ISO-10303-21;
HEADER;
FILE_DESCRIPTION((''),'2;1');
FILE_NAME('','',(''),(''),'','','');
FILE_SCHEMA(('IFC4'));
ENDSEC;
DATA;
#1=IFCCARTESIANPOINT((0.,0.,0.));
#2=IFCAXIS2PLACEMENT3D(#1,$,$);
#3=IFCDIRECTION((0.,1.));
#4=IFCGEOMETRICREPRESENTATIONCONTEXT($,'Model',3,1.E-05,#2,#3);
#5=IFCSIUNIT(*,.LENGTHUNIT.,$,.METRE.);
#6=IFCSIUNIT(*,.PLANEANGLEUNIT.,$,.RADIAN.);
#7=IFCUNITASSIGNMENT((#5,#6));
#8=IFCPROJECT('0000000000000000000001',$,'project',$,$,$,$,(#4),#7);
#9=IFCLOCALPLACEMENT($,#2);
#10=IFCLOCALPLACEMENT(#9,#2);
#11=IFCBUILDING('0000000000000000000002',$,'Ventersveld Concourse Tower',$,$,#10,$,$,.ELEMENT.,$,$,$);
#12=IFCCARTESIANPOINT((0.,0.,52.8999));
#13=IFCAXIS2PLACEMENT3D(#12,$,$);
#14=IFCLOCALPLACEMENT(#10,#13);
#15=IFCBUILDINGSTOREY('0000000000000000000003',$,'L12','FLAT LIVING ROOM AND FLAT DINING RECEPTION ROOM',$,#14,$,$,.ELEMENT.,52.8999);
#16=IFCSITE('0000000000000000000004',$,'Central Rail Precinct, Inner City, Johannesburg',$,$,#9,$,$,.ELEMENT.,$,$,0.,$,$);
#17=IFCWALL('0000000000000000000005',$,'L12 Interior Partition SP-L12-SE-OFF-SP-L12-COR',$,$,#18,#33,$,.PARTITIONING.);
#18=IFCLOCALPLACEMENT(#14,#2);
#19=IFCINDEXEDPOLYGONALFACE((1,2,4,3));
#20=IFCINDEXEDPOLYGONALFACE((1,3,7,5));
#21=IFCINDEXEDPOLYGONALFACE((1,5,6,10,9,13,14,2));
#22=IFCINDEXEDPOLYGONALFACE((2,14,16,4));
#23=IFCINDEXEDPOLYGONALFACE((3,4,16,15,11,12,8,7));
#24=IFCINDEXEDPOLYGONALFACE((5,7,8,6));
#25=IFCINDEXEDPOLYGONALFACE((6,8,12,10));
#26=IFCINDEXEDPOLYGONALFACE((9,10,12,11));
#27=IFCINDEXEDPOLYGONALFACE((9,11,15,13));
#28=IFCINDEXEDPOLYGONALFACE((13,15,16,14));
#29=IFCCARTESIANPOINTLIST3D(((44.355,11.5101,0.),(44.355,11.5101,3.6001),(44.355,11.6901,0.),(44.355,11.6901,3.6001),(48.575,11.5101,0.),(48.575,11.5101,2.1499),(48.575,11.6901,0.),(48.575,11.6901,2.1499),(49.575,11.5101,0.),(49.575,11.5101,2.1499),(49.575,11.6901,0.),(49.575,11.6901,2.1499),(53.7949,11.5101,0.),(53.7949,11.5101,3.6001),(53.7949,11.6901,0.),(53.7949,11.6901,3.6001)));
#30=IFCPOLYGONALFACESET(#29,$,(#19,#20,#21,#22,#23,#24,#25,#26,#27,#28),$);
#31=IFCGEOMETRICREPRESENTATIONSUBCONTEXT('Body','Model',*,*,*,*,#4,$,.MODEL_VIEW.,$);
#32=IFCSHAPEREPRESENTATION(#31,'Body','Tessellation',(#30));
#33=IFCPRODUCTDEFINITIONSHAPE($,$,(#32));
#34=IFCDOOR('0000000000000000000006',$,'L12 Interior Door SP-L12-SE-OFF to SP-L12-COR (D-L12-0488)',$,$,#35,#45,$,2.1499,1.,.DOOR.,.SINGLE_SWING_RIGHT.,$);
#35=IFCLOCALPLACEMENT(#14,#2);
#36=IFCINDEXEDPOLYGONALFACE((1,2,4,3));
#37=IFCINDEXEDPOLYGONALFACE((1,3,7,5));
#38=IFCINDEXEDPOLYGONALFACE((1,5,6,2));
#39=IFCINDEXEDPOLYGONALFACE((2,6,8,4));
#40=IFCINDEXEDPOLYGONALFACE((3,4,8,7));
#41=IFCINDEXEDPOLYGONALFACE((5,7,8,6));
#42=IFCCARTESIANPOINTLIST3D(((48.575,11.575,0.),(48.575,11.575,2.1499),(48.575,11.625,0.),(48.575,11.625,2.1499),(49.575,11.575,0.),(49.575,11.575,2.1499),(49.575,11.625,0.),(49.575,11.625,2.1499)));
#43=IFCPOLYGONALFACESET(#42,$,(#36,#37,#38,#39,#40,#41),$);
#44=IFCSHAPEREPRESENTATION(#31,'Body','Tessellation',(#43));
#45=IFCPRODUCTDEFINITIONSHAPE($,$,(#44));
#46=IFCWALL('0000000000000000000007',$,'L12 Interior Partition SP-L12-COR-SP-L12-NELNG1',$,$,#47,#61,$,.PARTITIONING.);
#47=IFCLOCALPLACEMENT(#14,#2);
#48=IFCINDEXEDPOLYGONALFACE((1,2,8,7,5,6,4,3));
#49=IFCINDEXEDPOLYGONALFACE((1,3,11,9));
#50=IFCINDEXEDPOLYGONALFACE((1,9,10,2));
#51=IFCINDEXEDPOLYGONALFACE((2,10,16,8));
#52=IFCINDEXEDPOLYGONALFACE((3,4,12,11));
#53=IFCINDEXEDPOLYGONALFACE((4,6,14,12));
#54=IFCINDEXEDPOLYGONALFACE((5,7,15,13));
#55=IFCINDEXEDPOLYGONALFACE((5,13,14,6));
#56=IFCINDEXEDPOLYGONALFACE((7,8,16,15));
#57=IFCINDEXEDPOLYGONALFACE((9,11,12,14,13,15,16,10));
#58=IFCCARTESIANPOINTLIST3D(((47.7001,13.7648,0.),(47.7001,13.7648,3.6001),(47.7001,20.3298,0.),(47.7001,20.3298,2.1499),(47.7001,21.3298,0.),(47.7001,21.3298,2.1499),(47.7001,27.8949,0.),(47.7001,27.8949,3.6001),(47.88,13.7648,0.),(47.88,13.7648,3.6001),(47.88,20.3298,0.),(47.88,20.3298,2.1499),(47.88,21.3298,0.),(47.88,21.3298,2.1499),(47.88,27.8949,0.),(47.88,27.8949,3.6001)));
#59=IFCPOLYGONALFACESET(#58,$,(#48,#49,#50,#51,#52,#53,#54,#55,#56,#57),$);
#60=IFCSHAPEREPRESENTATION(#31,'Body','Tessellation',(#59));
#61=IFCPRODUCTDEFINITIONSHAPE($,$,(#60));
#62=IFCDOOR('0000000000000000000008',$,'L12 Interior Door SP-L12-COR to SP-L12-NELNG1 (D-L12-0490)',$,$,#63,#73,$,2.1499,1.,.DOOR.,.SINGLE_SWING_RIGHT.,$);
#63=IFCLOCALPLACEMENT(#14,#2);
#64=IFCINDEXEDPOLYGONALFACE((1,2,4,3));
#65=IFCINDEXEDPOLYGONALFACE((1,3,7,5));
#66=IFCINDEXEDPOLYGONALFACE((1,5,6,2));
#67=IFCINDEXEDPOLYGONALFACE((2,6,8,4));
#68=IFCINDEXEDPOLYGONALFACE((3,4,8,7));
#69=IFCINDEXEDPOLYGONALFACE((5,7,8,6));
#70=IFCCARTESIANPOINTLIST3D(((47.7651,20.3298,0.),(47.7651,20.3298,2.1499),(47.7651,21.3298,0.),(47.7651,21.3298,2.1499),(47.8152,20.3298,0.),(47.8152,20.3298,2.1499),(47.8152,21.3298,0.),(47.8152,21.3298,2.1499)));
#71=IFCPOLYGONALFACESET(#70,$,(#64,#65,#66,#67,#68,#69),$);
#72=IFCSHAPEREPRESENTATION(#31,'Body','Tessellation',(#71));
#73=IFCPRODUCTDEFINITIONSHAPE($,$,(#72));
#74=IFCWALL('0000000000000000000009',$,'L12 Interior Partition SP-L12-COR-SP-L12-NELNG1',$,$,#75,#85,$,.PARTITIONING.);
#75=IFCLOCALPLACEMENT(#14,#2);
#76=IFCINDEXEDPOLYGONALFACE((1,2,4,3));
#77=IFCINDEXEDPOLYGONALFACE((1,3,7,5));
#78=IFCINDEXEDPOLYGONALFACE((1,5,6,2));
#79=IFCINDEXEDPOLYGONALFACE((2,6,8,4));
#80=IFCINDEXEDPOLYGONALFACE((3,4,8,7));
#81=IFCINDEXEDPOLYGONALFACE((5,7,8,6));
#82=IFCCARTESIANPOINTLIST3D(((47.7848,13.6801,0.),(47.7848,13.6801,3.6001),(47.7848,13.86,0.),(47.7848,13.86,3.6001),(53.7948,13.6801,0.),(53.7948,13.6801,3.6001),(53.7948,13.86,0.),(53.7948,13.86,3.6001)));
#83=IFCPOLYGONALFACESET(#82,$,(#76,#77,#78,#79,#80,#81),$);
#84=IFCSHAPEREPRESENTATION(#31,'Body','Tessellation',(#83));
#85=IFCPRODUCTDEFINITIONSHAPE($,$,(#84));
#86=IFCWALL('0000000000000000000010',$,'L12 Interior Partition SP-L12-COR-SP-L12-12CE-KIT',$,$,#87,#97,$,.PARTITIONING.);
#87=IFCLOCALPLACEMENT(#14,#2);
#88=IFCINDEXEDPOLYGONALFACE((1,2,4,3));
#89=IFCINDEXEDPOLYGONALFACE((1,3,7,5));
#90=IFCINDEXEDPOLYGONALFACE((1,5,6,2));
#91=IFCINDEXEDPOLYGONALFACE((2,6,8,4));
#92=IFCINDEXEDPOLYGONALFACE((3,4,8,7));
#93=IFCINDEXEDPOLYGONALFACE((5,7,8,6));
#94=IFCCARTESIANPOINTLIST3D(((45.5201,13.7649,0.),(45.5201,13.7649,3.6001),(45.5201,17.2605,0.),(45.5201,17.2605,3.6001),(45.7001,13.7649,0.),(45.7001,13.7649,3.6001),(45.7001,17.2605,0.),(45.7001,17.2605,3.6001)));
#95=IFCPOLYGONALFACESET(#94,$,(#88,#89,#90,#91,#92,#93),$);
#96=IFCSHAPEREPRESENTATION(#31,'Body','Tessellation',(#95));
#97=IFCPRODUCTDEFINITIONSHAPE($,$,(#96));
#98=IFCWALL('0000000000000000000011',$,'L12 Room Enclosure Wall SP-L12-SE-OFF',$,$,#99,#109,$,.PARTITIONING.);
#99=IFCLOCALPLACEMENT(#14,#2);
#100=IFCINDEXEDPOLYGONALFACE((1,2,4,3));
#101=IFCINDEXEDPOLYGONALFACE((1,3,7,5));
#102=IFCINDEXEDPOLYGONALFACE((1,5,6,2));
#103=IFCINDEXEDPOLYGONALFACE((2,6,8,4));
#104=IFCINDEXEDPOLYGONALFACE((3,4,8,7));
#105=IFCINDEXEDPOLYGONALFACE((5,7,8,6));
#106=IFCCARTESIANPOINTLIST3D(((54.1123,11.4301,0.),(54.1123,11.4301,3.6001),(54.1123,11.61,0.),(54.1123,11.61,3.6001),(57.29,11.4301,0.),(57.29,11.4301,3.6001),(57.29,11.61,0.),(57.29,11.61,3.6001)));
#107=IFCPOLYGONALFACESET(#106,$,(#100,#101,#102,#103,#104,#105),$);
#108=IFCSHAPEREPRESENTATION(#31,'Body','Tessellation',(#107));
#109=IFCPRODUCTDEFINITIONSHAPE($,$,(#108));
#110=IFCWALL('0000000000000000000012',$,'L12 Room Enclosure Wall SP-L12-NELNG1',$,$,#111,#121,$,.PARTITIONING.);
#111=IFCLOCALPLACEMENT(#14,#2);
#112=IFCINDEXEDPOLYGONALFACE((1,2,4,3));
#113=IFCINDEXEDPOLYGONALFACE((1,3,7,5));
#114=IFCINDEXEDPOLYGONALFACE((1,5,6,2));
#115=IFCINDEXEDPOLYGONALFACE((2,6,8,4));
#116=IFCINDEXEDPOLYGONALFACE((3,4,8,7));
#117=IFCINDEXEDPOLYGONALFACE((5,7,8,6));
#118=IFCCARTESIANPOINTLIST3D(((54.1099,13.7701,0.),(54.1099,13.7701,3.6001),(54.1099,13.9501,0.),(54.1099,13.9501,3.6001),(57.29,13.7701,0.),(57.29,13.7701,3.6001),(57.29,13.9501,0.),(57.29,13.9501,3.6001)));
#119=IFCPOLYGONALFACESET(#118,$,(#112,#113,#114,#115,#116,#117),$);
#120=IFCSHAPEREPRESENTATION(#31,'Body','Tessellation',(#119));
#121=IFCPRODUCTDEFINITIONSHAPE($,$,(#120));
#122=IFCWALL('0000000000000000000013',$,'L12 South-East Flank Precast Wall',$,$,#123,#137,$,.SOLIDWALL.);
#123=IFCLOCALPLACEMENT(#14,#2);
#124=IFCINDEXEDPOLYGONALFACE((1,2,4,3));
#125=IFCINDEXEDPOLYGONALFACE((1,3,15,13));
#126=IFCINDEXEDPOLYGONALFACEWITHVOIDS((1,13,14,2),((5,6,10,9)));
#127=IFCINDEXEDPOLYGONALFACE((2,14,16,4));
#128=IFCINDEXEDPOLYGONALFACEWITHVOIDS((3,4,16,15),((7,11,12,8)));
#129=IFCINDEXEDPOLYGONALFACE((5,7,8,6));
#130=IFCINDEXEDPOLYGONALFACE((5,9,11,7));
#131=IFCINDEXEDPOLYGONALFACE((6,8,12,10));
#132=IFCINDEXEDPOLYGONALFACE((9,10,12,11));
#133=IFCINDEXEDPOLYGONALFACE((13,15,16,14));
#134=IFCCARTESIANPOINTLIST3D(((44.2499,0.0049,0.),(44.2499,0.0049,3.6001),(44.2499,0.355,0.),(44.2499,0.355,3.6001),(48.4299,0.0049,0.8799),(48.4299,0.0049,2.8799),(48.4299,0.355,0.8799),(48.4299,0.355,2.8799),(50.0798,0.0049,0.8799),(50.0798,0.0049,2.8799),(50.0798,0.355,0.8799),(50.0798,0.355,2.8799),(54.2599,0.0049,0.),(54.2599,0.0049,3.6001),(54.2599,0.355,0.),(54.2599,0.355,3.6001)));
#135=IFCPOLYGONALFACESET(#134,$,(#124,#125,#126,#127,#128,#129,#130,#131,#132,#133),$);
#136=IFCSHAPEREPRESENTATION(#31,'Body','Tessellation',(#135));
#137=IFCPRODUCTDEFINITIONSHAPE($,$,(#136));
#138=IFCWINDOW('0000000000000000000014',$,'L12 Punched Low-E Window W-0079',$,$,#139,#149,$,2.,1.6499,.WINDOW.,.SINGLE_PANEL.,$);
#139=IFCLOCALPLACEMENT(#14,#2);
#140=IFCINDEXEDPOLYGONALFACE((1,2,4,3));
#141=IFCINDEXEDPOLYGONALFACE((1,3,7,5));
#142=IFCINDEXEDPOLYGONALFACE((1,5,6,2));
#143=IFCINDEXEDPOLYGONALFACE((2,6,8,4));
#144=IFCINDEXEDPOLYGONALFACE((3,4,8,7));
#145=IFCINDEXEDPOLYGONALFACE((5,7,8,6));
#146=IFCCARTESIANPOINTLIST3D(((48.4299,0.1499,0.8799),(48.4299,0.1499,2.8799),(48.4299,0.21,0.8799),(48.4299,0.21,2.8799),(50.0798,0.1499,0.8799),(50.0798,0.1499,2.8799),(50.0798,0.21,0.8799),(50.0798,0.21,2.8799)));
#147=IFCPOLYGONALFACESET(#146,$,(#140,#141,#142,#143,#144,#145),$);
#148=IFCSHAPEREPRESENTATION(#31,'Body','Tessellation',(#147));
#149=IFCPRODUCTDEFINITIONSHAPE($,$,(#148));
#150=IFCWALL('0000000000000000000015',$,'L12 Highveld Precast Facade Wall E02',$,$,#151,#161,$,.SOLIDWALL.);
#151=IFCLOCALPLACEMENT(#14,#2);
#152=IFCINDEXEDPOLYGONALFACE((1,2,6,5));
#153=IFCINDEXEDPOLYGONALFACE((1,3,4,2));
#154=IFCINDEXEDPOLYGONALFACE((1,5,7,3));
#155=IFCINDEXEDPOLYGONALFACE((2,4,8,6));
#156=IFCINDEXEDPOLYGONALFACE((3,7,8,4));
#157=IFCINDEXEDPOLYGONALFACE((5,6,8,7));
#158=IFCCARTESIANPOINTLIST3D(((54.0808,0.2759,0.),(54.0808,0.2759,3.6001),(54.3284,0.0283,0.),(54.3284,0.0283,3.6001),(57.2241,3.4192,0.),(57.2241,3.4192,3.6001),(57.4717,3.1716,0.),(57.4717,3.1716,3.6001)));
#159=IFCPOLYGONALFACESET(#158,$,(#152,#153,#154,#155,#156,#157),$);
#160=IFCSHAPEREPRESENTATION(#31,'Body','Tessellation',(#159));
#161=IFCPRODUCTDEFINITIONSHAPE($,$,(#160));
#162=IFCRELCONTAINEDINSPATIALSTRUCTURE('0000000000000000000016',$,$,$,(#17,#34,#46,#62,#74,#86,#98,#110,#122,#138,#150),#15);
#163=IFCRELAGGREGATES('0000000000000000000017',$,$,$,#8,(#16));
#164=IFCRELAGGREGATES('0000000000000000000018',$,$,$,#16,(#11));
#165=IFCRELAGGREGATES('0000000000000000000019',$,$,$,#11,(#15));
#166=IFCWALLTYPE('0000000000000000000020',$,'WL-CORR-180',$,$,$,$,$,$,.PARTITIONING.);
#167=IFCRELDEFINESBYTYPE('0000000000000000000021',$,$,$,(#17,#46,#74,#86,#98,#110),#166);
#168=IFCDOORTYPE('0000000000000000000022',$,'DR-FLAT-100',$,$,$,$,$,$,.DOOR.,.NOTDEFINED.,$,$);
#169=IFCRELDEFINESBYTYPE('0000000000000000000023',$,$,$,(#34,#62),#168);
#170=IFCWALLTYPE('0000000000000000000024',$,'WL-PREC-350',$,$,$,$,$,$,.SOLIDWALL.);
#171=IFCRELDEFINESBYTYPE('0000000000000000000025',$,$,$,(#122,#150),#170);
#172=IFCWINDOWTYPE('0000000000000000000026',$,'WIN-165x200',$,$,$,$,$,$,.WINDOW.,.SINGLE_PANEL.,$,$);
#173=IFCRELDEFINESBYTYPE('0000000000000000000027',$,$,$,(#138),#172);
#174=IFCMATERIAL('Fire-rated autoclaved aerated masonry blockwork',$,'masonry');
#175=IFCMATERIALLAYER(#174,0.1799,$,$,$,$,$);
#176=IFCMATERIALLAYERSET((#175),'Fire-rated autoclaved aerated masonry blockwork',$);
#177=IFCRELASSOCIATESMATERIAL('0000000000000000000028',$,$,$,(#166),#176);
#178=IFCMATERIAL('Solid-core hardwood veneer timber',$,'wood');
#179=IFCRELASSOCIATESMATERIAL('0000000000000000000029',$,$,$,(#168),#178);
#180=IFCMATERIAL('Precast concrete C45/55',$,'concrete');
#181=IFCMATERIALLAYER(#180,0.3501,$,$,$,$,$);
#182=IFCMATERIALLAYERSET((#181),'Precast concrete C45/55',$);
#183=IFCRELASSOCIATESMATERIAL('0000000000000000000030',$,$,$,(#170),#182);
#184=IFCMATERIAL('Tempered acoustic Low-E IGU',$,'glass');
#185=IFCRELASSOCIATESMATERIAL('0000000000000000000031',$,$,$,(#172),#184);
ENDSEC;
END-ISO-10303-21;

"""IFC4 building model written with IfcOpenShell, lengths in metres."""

from ifc_helpers import new_model, si_unit, direction, frame, frame_2d, origin, place, context, subcontext, project, spatial, rectangle, extrude, material, layer, layer_set, type_object, element, fill, save


model = new_model("IFC4")

# Units and contexts
model_context = context("Model", 3, precision=1e-05, world=origin(), true_north=direction((0.0, 1.0)))
body_context = subcontext(model_context, "Body", "Model", "MODEL_VIEW")
ifc_project = project(units=[si_unit("LENGTHUNIT", "METRE"), si_unit("PLANEANGLEUNIT", "RADIAN")], contexts=[model_context])

# Site, building, storey
site_placement = place(None, origin())
site = spatial("IfcSite", under=ifc_project, at=site_placement, Name="Central Rail Precinct, Inner City, Johannesburg", CompositionType="ELEMENT", RefElevation=0.0)
building_placement = place(site_placement, origin())
building = spatial("IfcBuilding", under=site, at=building_placement, Name="Ventersveld Concourse Tower", CompositionType="ELEMENT")
storey_placement = place(building_placement, frame((0.0, 0.0, 52.8999)))
storey = spatial("IfcBuildingStorey", under=building, at=storey_placement, Name="L12", Description="FLAT LIVING ROOM AND FLAT DINING RECEPTION ROOM", CompositionType="ELEMENT", Elevation=52.8999)

# Walls, openings, doors
ifc_material_1 = material(Name="Fire-rated autoclaved aerated masonry blockwork", Category="masonry")
ifc_layer_1 = layer(ifc_material_1, 0.1799)
ifc_layer_set_1 = layer_set([ifc_layer_1], Name="Fire-rated autoclaved aerated masonry blockwork")
wall_type_1 = type_object("IfcWallType", Name="WL-CORR-180", PredefinedType="PARTITIONING", material=ifc_layer_set_1)
wall_1_placement = place(storey_placement, frame((44.355, 11.6001, 0.0), z_axis=(0.0, 0.0, 1.0), x_axis=(1.0, 0.0, 0.0)))
wall_1 = element("IfcWall", 1, at=wall_1_placement, inside=storey, type_object=wall_type_1, Name="L12 Interior Partition SP-L12-SE-OFF-SP-L12-COR", PredefinedType="PARTITIONING", context=body_context, shape_type="SweptSolid", body=[
    extrude(rectangle(XDim=9.4399, YDim=0.1799, at=frame_2d((4.72, 0.0))), origin(), (0.0, 0.0, 1.0), 3.6001),
])
opening_1_placement = place(wall_1_placement, frame((4.22, 0.0, 0.0)))
opening_1 = element("IfcOpeningElement", 2, at=opening_1_placement, cuts=wall_1, PredefinedType="OPENING", context=body_context, shape_type="SweptSolid", body=[
    extrude(rectangle(XDim=1.0, YDim=2.1499, at=frame_2d((0.5, 1.075))), frame((0.0, 0.1001, 0.0), z_axis=(0.0, -1.0, 0.0), x_axis=(1.0, 0.0, 0.0)), (0.0, 0.0, 1.0), 0.2),
])
ifc_material_2 = material(Name="Solid-core hardwood veneer timber", Category="wood")
door_type = type_object("IfcDoorType", Name="DR-FLAT-100", OperationType="NOTDEFINED", PredefinedType="DOOR", material=ifc_material_2)
door_1_placement = place(opening_1_placement, origin())
door_1 = element("IfcDoor", 3, at=door_1_placement, inside=storey, type_object=door_type, Name="L12 Interior Door SP-L12-SE-OFF to SP-L12-COR (D-L12-0488)", OperationType="SINGLE_SWING_RIGHT", OverallHeight=2.1499, OverallWidth=1.0, PredefinedType="DOOR", context=body_context, shape_type="SweptSolid", body=[
    extrude(rectangle(XDim=1.0, YDim=2.1499, at=frame_2d((0.5, 1.075))), frame((0.0, 0.0249, 0.0), z_axis=(0.0, -1.0, 0.0), x_axis=(1.0, 0.0, 0.0)), (0.0, 0.0, 1.0), 0.05),
])
fill(opening_1, door_1)
wall_2_placement = place(storey_placement, frame((47.79, 13.7649, 0.0), z_axis=(0.0, 0.0, 1.0), x_axis=(0.0, 1.0, 0.0)))
wall_2 = element("IfcWall", 4, at=wall_2_placement, inside=storey, type_object=wall_type_1, Name="L12 Interior Partition SP-L12-COR-SP-L12-NELNG1", PredefinedType="PARTITIONING", context=body_context, shape_type="SweptSolid", body=[
    extrude(rectangle(XDim=14.1301, YDim=0.1799, at=frame_2d((7.0649, 0.0))), origin(), (0.0, 0.0, 1.0), 3.6001),
])
opening_2_placement = place(wall_2_placement, frame((6.5649, 0.0, 0.0)))
opening_2 = element("IfcOpeningElement", 5, at=opening_2_placement, cuts=wall_2, PredefinedType="OPENING", context=body_context, shape_type="SweptSolid", body=[
    extrude(rectangle(XDim=1.0, YDim=2.1499, at=frame_2d((0.5, 1.075))), frame((0.0, 0.1001, 0.0), z_axis=(0.0, -1.0, 0.0), x_axis=(1.0, 0.0, 0.0)), (0.0, 0.0, 1.0), 0.2),
])
door_2_placement = place(opening_2_placement, origin())
door_2 = element("IfcDoor", 6, at=door_2_placement, inside=storey, type_object=door_type, Name="L12 Interior Door SP-L12-COR to SP-L12-NELNG1 (D-L12-0490)", OperationType="SINGLE_SWING_RIGHT", OverallHeight=2.1499, OverallWidth=1.0, PredefinedType="DOOR", context=body_context, shape_type="SweptSolid", body=[
    extrude(rectangle(XDim=1.0, YDim=2.1499, at=frame_2d((0.5, 1.075))), frame((0.0, 0.0249, 0.0), z_axis=(0.0, -1.0, 0.0), x_axis=(1.0, 0.0, 0.0)), (0.0, 0.0, 1.0), 0.05),
])
fill(opening_2, door_2)

# Walls
wall_3_placement = place(storey_placement, frame((47.7849, 13.77, 0.0), z_axis=(0.0, 0.0, 1.0), x_axis=(1.0, 0.0, 0.0)))
element("IfcWall", 7, at=wall_3_placement, inside=storey, type_object=wall_type_1, Name="L12 Interior Partition SP-L12-COR-SP-L12-NELNG1", PredefinedType="PARTITIONING", context=body_context, shape_type="SweptSolid", body=[
    extrude(rectangle(XDim=6.01, YDim=0.1799, at=frame_2d((3.0049, 0.0))), origin(), (0.0, 0.0, 1.0), 3.6001),
])
wall_4_placement = place(storey_placement, frame((45.6101, 13.7649, 0.0), z_axis=(0.0, 0.0, 1.0), x_axis=(0.0, 1.0, 0.0)))
element("IfcWall", 8, at=wall_4_placement, inside=storey, type_object=wall_type_1, Name="L12 Interior Partition SP-L12-COR-SP-L12-12CE-KIT", PredefinedType="PARTITIONING", context=body_context, shape_type="SweptSolid", body=[
    extrude(rectangle(XDim=3.4956, YDim=0.1799, at=frame_2d((1.7478, 0.0))), origin(), (0.0, 0.0, 1.0), 3.6001),
])
wall_5_placement = place(storey_placement, frame((54.1123, 11.52, 0.0), z_axis=(0.0, 0.0, 1.0), x_axis=(1.0, 0.0, 0.0)))
element("IfcWall", 9, at=wall_5_placement, inside=storey, type_object=wall_type_1, Name="L12 Room Enclosure Wall SP-L12-SE-OFF", PredefinedType="PARTITIONING", context=body_context, shape_type="SweptSolid", body=[
    extrude(rectangle(XDim=3.1777, YDim=0.1799, at=frame_2d((1.5889, 0.0))), origin(), (0.0, 0.0, 1.0), 3.6001),
])
wall_6_placement = place(storey_placement, frame((57.29, 13.8601, 0.0), z_axis=(0.0, 0.0, 1.0), x_axis=(-1.0, 0.0, 0.0)))
element("IfcWall", 10, at=wall_6_placement, inside=storey, type_object=wall_type_1, Name="L12 Room Enclosure Wall SP-L12-NELNG1", PredefinedType="PARTITIONING", context=body_context, shape_type="SweptSolid", body=[
    extrude(rectangle(XDim=3.1802, YDim=0.1799, at=frame_2d((1.5901, 0.0))), origin(), (0.0, 0.0, 1.0), 3.6001),
])

# Wall, opening, window
ifc_material_3 = material(Name="Precast concrete C45/55", Category="concrete")
ifc_layer_2 = layer(ifc_material_3, 0.3501)
ifc_layer_set_2 = layer_set([ifc_layer_2], Name="Precast concrete C45/55")
wall_type_2 = type_object("IfcWallType", Name="WL-PREC-350", PredefinedType="SOLIDWALL", material=ifc_layer_set_2)
wall_7_placement = place(storey_placement, frame((44.25, 0.1799, 0.0), z_axis=(0.0, 0.0, 1.0), x_axis=(1.0, 0.0, 0.0)))
wall_7 = element("IfcWall", 11, at=wall_7_placement, inside=storey, type_object=wall_type_2, Name="L12 South-East Flank Precast Wall", PredefinedType="SOLIDWALL", context=body_context, shape_type="SweptSolid", body=[
    extrude(rectangle(XDim=10.01, YDim=0.3501, at=frame_2d((5.0049, 0.0))), origin(), (0.0, 0.0, 1.0), 3.6001),
])
opening_3_placement = place(wall_7_placement, frame((4.1799, 0.0, 0.8799)))
opening_3 = element("IfcOpeningElement", 12, at=opening_3_placement, cuts=wall_7, PredefinedType="OPENING", context=body_context, shape_type="SweptSolid", body=[
    extrude(rectangle(XDim=1.6499, YDim=2.0, at=frame_2d((0.825, 1.0))), frame((0.0, 0.1851, 0.0), z_axis=(0.0, -1.0, 0.0), x_axis=(1.0, 0.0, 0.0)), (0.0, 0.0, 1.0), 0.3701),
])
ifc_material_4 = material(Name="Tempered acoustic Low-E IGU", Category="glass")
window_type_1 = type_object("IfcWindowType", Name="WIN-165x200", PartitioningType="SINGLE_PANEL", PredefinedType="WINDOW", material=ifc_material_4)
window_1_placement = place(opening_3_placement, origin())
window_1 = element("IfcWindow", 13, at=window_1_placement, inside=storey, type_object=window_type_1, Name="L12 Punched Low-E Window W-0079", OverallHeight=2.0, OverallWidth=1.6499, PartitioningType="SINGLE_PANEL", PredefinedType="WINDOW", context=body_context, shape_type="SweptSolid", body=[
    extrude(rectangle(XDim=1.6499, YDim=2.0, at=frame_2d((0.825, 1.0))), frame((0.0, 0.03, 0.0), z_axis=(0.0, -1.0, 0.0), x_axis=(1.0, 0.0, 0.0)), (0.0, 0.0, 1.0), 0.0601),
])
fill(opening_3, window_1)

# Wall
wall_8_placement = place(storey_placement, frame((54.2046, 0.1521, 0.0), z_axis=(0.0, 0.0, 1.0), x_axis=(0.707107, 0.707107, 0.0)))
element("IfcWall", 14, at=wall_8_placement, inside=storey, type_object=wall_type_2, Name="L12 Highveld Precast Facade Wall E02", PredefinedType="SOLIDWALL", context=body_context, shape_type="SweptSolid", body=[
    extrude(rectangle(XDim=4.4453, YDim=0.3501, at=frame_2d((2.2227, 0.0))), origin(), (0.0, 0.0, 1.0), 3.6001),
])

save(model, "model.ifc")
